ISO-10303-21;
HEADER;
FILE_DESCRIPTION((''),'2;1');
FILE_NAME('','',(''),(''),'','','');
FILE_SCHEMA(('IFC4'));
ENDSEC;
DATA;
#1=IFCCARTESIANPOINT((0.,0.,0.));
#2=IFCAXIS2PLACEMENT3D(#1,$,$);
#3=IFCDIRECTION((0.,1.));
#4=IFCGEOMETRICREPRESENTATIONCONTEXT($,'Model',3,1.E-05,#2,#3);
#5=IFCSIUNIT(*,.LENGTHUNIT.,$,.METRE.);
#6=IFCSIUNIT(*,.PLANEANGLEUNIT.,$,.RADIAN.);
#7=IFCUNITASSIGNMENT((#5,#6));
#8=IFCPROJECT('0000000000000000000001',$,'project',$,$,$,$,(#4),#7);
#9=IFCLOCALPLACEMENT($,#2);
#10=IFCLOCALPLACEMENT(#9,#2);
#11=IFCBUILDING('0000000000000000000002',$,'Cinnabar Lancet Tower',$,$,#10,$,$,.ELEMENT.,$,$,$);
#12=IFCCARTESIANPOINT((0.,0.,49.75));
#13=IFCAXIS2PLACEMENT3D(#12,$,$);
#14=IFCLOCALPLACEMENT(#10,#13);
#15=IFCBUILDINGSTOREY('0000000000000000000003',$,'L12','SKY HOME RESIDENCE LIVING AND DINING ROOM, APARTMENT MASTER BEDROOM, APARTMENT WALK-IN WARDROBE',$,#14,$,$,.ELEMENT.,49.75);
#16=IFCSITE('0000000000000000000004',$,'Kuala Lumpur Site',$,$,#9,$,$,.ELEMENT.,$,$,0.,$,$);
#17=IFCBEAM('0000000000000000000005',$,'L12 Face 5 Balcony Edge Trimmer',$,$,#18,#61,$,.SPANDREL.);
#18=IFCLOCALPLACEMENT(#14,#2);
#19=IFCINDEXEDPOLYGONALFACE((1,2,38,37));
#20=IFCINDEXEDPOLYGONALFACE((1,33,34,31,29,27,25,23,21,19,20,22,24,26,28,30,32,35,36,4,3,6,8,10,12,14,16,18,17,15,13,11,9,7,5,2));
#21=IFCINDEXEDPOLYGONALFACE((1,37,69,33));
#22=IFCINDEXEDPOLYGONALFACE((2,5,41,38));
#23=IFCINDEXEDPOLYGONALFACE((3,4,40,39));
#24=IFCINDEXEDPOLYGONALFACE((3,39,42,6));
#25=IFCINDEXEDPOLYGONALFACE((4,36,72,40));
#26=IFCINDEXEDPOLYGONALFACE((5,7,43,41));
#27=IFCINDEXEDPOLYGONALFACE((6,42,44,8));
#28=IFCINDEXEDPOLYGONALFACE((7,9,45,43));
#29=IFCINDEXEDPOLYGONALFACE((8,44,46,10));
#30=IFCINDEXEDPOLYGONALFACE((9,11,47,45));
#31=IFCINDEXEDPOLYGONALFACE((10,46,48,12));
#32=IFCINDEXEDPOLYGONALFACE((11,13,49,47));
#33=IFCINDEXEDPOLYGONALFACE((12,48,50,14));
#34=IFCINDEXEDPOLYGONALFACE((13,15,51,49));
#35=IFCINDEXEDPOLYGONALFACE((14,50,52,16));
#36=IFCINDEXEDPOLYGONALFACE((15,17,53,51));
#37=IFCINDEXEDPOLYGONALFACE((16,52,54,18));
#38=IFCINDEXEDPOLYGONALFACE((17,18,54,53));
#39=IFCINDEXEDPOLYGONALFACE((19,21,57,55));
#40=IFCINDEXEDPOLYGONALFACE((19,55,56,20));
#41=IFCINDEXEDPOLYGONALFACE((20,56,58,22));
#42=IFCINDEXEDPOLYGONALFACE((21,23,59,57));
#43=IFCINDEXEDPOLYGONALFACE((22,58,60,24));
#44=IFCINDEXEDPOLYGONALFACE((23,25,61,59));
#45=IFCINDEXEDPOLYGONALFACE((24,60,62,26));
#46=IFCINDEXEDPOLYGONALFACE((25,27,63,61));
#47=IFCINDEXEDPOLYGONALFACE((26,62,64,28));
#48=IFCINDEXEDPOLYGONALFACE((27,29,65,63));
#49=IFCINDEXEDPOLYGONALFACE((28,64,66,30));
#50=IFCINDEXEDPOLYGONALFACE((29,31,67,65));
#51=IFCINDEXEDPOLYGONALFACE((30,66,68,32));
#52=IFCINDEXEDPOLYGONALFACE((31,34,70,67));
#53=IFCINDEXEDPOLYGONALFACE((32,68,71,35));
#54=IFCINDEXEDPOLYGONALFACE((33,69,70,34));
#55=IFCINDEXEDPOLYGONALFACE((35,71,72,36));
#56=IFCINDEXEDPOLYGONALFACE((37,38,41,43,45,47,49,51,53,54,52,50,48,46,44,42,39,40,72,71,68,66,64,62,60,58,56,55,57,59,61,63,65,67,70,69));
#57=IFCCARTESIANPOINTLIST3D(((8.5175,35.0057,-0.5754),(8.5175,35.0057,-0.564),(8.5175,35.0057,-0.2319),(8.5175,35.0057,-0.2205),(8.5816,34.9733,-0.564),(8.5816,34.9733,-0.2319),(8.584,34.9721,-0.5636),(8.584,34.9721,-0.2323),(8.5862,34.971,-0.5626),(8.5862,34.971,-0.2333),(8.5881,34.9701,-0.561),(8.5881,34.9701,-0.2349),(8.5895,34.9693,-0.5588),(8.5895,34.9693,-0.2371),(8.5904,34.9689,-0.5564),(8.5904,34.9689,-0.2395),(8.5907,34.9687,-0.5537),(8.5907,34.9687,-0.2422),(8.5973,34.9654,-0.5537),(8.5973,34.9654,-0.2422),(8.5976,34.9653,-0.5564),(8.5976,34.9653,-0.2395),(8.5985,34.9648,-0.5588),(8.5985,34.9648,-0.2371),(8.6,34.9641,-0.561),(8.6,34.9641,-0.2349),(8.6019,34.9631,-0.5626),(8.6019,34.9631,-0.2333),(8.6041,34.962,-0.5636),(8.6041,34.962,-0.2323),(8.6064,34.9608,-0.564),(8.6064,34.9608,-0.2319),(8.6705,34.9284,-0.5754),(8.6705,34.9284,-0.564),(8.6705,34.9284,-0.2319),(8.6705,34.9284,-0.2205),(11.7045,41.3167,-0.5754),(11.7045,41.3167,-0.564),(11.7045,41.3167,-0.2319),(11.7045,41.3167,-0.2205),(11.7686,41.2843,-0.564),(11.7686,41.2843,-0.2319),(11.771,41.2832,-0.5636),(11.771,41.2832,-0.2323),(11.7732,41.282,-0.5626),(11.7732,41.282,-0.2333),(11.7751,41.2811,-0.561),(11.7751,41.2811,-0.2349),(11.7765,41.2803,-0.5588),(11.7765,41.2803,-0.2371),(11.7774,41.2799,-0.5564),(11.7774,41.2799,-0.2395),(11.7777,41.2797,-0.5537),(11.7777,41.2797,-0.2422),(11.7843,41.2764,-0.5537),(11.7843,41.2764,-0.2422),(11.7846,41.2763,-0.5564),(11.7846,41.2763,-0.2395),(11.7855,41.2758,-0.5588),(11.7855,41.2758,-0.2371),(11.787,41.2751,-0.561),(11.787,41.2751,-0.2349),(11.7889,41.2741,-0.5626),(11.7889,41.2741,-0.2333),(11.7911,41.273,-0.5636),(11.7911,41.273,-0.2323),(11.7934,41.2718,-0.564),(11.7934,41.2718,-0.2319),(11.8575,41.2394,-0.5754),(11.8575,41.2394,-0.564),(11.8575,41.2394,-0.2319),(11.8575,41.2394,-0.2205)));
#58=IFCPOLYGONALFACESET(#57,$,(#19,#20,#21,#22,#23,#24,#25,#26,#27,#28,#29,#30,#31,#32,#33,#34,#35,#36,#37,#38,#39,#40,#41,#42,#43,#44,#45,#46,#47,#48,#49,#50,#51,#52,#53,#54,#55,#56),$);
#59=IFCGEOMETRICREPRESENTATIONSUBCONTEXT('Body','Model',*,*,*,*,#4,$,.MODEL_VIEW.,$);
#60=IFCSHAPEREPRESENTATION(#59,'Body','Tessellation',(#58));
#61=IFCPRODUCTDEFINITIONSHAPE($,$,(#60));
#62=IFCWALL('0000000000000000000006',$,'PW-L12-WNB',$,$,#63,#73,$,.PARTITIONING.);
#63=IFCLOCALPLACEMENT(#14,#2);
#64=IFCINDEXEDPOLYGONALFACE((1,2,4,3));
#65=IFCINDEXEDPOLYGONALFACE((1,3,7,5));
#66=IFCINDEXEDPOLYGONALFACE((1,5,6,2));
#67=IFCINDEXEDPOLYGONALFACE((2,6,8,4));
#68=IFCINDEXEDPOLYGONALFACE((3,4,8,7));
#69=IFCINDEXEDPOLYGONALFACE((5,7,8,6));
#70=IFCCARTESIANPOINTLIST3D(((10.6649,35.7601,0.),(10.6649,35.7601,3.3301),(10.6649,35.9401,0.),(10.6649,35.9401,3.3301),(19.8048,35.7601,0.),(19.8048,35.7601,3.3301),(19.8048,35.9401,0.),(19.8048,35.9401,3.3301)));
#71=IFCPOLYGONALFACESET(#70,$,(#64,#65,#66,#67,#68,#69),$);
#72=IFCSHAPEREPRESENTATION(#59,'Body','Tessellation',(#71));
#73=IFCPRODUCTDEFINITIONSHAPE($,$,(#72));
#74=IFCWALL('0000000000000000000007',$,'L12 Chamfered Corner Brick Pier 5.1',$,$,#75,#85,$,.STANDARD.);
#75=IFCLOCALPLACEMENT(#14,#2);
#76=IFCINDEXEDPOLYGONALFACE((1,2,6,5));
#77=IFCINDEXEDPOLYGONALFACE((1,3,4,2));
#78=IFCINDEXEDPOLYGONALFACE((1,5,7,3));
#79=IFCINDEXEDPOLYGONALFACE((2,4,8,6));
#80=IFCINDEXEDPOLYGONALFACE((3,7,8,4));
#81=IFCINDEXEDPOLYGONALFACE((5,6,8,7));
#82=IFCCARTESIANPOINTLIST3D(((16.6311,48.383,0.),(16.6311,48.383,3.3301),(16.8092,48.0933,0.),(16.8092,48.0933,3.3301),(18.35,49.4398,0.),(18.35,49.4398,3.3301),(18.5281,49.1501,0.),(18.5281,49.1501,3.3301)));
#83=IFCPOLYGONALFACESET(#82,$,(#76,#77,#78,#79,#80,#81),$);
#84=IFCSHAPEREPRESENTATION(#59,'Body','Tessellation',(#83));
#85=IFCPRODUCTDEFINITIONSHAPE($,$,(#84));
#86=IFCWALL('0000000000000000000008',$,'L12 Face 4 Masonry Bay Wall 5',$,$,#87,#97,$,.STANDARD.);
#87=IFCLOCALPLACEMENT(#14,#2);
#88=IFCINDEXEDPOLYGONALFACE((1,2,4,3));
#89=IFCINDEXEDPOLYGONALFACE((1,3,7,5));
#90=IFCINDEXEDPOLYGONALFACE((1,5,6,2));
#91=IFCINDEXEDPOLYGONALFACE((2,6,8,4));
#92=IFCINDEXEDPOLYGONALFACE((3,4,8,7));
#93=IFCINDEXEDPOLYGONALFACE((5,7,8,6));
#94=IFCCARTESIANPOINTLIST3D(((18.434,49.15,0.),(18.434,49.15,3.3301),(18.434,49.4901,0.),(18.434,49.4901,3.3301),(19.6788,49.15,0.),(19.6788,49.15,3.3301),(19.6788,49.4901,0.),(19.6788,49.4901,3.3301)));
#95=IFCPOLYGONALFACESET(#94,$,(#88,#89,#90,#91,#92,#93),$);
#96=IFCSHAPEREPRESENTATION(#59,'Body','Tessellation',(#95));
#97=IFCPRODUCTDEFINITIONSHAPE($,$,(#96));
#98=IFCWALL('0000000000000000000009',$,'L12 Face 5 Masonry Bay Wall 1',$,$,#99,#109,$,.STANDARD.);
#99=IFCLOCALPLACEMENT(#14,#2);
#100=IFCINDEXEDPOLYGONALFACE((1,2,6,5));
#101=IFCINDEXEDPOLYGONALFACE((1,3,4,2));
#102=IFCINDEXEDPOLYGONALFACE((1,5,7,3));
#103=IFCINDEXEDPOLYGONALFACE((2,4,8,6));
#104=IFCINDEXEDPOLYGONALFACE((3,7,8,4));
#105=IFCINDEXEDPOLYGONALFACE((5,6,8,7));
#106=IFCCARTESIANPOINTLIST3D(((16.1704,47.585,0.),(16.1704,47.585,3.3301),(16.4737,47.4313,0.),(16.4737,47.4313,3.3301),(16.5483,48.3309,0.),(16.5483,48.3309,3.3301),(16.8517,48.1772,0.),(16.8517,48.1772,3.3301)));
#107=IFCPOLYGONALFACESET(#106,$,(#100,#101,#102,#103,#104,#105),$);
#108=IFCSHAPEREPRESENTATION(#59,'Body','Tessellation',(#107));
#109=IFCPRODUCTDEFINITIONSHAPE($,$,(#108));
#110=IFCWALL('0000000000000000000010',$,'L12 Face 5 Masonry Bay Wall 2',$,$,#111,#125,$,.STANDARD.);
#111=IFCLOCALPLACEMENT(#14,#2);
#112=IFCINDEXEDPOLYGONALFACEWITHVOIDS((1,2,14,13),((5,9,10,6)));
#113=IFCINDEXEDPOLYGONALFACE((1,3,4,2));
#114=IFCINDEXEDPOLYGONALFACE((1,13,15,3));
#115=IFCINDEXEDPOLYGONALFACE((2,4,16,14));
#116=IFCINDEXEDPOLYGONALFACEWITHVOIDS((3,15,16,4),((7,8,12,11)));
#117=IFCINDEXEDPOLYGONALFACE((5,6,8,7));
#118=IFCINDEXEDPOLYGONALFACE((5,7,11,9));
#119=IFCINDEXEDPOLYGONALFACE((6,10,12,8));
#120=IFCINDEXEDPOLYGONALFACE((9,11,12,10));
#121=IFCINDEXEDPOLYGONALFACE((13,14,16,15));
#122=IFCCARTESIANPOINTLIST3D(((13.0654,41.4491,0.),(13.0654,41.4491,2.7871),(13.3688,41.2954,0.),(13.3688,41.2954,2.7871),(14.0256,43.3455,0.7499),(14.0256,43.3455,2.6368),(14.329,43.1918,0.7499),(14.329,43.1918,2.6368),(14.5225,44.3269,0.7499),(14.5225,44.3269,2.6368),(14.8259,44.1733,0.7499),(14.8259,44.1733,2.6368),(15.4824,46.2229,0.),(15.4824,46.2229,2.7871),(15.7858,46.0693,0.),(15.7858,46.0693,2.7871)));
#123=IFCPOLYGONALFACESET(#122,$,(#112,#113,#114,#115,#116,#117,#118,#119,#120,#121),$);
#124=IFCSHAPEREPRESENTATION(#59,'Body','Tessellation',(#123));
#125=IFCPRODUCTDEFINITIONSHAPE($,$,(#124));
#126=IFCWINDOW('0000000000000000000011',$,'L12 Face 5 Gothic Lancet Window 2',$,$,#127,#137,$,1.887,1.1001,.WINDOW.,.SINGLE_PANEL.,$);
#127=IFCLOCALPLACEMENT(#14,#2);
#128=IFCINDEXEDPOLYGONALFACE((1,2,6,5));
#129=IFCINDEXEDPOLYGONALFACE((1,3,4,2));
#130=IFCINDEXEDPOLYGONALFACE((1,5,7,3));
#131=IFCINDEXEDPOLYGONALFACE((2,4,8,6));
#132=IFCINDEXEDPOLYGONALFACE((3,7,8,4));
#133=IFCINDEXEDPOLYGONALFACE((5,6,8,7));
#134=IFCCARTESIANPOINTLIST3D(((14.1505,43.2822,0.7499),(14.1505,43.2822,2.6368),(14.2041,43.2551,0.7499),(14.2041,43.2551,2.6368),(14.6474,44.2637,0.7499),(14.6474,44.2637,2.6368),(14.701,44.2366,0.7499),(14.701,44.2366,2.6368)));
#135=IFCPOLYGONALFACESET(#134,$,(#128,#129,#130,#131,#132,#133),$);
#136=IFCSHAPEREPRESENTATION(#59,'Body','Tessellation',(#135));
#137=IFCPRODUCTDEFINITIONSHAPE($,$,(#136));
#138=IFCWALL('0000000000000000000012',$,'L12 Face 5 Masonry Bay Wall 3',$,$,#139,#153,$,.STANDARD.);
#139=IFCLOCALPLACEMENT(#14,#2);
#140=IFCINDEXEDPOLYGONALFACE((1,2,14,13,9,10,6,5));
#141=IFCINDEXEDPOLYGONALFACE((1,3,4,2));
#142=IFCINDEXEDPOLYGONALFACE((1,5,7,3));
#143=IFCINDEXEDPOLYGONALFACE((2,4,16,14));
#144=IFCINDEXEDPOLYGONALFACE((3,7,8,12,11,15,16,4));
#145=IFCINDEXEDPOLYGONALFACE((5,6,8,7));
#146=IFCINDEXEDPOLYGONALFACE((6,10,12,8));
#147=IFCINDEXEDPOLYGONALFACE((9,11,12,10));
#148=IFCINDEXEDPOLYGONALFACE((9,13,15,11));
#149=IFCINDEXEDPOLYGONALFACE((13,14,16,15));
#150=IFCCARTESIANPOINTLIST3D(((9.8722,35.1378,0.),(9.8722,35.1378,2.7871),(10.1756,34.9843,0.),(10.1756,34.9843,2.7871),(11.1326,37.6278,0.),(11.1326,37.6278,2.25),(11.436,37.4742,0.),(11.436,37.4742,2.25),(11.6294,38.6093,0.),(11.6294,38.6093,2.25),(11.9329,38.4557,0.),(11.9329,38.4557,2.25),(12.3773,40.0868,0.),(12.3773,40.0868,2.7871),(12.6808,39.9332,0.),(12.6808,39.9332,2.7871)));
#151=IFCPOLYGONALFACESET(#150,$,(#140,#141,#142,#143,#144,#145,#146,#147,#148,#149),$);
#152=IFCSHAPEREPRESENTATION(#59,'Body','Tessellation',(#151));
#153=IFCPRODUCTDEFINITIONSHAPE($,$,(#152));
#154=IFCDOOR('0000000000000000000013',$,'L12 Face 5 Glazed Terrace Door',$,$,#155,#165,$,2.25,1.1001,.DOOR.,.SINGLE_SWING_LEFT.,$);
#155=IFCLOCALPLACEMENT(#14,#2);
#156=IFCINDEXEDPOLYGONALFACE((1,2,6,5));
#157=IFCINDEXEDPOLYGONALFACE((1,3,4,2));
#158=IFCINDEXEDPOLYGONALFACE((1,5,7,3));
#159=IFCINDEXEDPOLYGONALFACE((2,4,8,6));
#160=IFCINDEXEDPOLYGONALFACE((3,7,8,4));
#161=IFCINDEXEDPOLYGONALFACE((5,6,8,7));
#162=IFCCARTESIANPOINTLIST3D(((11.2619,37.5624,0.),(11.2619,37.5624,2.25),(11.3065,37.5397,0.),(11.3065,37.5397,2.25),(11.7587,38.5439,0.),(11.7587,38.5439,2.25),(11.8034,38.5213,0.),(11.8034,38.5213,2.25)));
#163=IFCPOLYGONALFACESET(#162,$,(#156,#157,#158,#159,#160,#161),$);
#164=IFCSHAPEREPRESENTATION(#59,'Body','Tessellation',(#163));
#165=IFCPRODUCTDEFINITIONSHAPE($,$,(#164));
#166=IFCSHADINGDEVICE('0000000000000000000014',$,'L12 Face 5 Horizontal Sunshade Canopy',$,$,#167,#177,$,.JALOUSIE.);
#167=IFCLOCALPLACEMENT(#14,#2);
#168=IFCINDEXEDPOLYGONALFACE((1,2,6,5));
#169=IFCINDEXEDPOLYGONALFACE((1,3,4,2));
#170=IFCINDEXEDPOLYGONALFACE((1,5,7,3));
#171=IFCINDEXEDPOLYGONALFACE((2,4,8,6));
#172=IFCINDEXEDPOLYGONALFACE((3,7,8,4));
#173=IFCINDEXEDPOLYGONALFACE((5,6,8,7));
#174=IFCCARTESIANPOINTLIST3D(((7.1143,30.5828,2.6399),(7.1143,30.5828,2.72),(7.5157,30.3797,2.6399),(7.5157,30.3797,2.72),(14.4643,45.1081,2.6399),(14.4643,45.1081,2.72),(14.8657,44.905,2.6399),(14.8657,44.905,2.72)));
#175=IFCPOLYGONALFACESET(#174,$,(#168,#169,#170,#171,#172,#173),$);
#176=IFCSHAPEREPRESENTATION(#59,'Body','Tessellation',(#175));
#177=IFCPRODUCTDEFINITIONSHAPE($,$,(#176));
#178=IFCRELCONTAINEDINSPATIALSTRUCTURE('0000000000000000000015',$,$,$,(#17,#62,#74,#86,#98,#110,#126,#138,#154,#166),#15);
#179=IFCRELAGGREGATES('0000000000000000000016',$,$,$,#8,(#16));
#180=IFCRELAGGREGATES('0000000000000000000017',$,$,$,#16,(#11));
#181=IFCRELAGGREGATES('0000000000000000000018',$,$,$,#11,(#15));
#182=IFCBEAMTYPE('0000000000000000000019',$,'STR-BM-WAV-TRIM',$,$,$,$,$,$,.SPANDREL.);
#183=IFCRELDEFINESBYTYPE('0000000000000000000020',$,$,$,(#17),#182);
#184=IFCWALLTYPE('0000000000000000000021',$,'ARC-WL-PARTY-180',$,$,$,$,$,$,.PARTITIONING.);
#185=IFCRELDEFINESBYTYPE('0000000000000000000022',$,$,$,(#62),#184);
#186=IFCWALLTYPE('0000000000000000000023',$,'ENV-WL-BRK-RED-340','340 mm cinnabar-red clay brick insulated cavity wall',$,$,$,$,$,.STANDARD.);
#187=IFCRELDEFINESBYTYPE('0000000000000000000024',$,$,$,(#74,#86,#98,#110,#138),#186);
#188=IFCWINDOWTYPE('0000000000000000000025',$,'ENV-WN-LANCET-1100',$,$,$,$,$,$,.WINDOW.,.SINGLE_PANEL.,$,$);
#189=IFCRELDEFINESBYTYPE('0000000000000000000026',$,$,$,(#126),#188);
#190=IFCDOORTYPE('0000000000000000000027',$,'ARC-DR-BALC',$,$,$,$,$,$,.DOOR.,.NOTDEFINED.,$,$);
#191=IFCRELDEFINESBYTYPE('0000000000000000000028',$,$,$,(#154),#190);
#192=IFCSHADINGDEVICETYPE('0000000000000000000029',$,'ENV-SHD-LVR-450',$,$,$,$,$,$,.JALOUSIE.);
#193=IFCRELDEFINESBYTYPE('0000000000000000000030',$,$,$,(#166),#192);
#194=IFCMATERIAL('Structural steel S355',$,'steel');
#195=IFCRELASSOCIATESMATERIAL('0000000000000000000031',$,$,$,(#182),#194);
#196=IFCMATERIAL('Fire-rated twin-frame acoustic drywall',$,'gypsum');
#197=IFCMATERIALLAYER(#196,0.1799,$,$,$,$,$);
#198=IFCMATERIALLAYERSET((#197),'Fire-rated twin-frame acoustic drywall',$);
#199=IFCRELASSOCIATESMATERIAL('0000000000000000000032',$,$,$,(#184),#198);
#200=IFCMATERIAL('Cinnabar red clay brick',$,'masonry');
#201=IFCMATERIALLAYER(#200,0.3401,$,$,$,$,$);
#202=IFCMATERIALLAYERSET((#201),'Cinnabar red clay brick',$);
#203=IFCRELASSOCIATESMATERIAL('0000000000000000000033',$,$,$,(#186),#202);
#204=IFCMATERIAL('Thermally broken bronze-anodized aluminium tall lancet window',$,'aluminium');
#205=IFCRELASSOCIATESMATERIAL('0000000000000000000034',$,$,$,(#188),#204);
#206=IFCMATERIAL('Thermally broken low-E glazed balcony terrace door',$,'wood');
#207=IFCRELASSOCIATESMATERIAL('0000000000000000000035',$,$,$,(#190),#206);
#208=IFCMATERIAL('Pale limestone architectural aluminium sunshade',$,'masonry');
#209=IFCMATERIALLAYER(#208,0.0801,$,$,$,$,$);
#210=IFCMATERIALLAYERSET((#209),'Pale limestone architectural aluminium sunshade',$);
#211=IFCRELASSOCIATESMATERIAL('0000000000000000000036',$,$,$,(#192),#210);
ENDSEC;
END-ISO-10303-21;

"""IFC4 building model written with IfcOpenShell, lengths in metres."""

from ifc_helpers import new_model, si_unit, direction, frame, frame_2d, origin, origin_2d, place, context, subcontext, project, spatial, rectangle, i_section, extrude, material, layer, layer_set, material_profile, profile_set, type_object, element, fill, save


model = new_model("IFC4")

# Units and contexts
model_context = context("Model", 3, precision=1e-05, world=origin(), true_north=direction((0.0, 1.0)))
body_context = subcontext(model_context, "Body", "Model", "MODEL_VIEW")
ifc_project = project(units=[si_unit("LENGTHUNIT", "METRE"), si_unit("PLANEANGLEUNIT", "RADIAN")], contexts=[model_context])

# Site, building, storey
site_placement = place(None, origin())
site = spatial("IfcSite", under=ifc_project, at=site_placement, Name="Kuala Lumpur Site", CompositionType="ELEMENT", RefElevation=0.0)
building_placement = place(site_placement, origin())
building = spatial("IfcBuilding", under=site, at=building_placement, Name="Cinnabar Lancet Tower", CompositionType="ELEMENT")
storey_placement = place(building_placement, frame((0.0, 0.0, 49.75)))
storey = spatial("IfcBuildingStorey", under=building, at=storey_placement, Name="L12", Description="SKY HOME RESIDENCE LIVING AND DINING ROOM, APARTMENT MASTER BEDROOM, APARTMENT WALK-IN WARDROBE", CompositionType="ELEMENT", Elevation=49.75)

# Beam
ifc_material_1 = material(Name="Structural steel S355", Category="steel")
ifc_material_profile_1 = material_profile(ifc_material_1, i_section(OverallWidth=0.1714, OverallDepth=0.355, WebThickness=0.0073, FlangeThickness=0.0115, FilletRadius=0.0103, at=origin_2d()), Name="UKB 356x171x51")
ifc_profile_set_1 = profile_set([ifc_material_profile_1], Name="Structural steel S355")
beam_type_1 = type_object("IfcBeamType", Name="STR-BM-WAV-TRIM", PredefinedType="SPANDREL", material=ifc_profile_set_1)
beam_1_placement = place(storey_placement, frame((11.781, 41.2781, -0.3979), z_axis=(-0.450774, -0.892638, 0.0), x_axis=(0.892638, -0.450774, 0.0)))
element("IfcBeam", 1, at=beam_1_placement, inside=storey, type_object=beam_type_1, Name="L12 Face 5 Balcony Edge Trimmer", PredefinedType="SPANDREL", context=body_context, shape_type="SweptSolid", body=[
    extrude(i_section(OverallWidth=0.1714, OverallDepth=0.355, WebThickness=0.0073, FlangeThickness=0.0115, FilletRadius=0.0103, at=origin_2d()), origin(), (0.0, 0.0, 1.0), 7.0701),
])

# Walls
ifc_material_2 = material(Name="Fire-rated twin-frame acoustic drywall", Category="gypsum")
ifc_layer_1 = layer(ifc_material_2, 0.1799)
ifc_layer_set_1 = layer_set([ifc_layer_1], Name="Fire-rated twin-frame acoustic drywall")
wall_type_1 = type_object("IfcWallType", Name="ARC-WL-PARTY-180", PredefinedType="PARTITIONING", material=ifc_layer_set_1)
wall_1_placement = place(storey_placement, frame((10.665, 35.8501, 0.0), z_axis=(0.0, 0.0, 1.0), x_axis=(1.0, 0.0, 0.0)))
element("IfcWall", 2, at=wall_1_placement, inside=storey, type_object=wall_type_1, Name="PW-L12-WNB", PredefinedType="PARTITIONING", context=body_context, shape_type="SweptSolid", body=[
    extrude(rectangle(XDim=9.1399, YDim=0.1799, at=frame_2d((4.5698, 0.0))), origin(), (0.0, 0.0, 1.0), 3.3301),
])
ifc_material_3 = material(Name="Cinnabar red clay brick", Category="masonry")
ifc_layer_2 = layer(ifc_material_3, 0.3401)
ifc_layer_set_2 = layer_set([ifc_layer_2], Name="Cinnabar red clay brick")
wall_type_2 = type_object("IfcWallType", Name="ENV-WL-BRK-RED-340", Description="340 mm cinnabar-red clay brick insulated cavity wall", PredefinedType="STANDARD", material=ifc_layer_set_2)
wall_2_placement = place(storey_placement, frame((18.439, 49.2949, 0.0), z_axis=(0.0, 0.0, 1.0), x_axis=(-0.85187, -0.523753, 0.0)))
element("IfcWall", 3, at=wall_2_placement, inside=storey, type_object=wall_type_2, Name="L12 Chamfered Corner Brick Pier 5.1", PredefinedType="STANDARD", context=body_context, shape_type="SweptSolid", body=[
    extrude(rectangle(XDim=2.0178, YDim=0.3401, at=frame_2d((1.0088, 0.0))), origin(), (0.0, 0.0, 1.0), 3.3301),
])
wall_3_placement = place(storey_placement, frame((19.679, 49.3201, 0.0), z_axis=(0.0, 0.0, 1.0), x_axis=(-1.0, 0.0, 0.0)))
element("IfcWall", 4, at=wall_3_placement, inside=storey, type_object=wall_type_2, Name="L12 Face 4 Masonry Bay Wall 5", PredefinedType="STANDARD", context=body_context, shape_type="SweptSolid", body=[
    extrude(rectangle(XDim=1.2449, YDim=0.3401, at=frame_2d((0.6226, 0.0))), origin(), (0.0, 0.0, 1.0), 3.3301),
])
wall_4_placement = place(storey_placement, frame((16.7, 48.2539, 0.0), z_axis=(0.0, 0.0, 1.0), x_axis=(-0.451996, -0.89202, 0.0)))
element("IfcWall", 5, at=wall_4_placement, inside=storey, type_object=wall_type_2, Name="L12 Face 5 Masonry Bay Wall 1", PredefinedType="STANDARD", context=body_context, shape_type="SweptSolid", body=[
    extrude(rectangle(XDim=0.8362, YDim=0.3401, at=frame_2d((0.418, 0.0))), origin(), (0.0, 0.0, 1.0), 3.3301),
])

# Wall, opening, window
wall_5_placement = place(storey_placement, frame((15.634, 46.146, 0.0), z_axis=(0.0, 0.0, 1.0), x_axis=(-0.451698, -0.892171, 0.0)))
wall_5 = element("IfcWall", 6, at=wall_5_placement, inside=storey, type_object=wall_type_2, Name="L12 Face 5 Masonry Bay Wall 2", PredefinedType="STANDARD", context=body_context, shape_type="SweptSolid", body=[
    extrude(rectangle(XDim=5.3508, YDim=0.3401, at=frame_2d((2.6753, 0.0))), origin(), (0.0, 0.0, 1.0), 2.7871),
])
opening_1_placement = place(wall_5_placement, frame((2.125, 0.0, 0.75)))
opening_1 = element("IfcOpeningElement", 7, at=opening_1_placement, cuts=wall_5, PredefinedType="OPENING", context=body_context, shape_type="SweptSolid", body=[
    extrude(rectangle(XDim=1.1001, YDim=1.887, at=frame_2d((0.55, 0.9434))), frame((0.0, 0.1799, 0.0), z_axis=(0.0, -1.0, 0.0), x_axis=(1.0, 0.0, 0.0)), (0.0, 0.0, 1.0), 0.3601),
])
ifc_material_4 = material(Name="Thermally broken bronze-anodized aluminium tall lancet window", Category="aluminium")
window_type = type_object("IfcWindowType", Name="ENV-WN-LANCET-1100", PartitioningType="SINGLE_PANEL", PredefinedType="WINDOW", material=ifc_material_4)
window_placement = place(opening_1_placement, origin())
window = element("IfcWindow", 8, at=window_placement, inside=storey, type_object=window_type, Name="L12 Face 5 Gothic Lancet Window 2", OverallHeight=1.887, OverallWidth=1.1001, PartitioningType="SINGLE_PANEL", PredefinedType="WINDOW", context=body_context, shape_type="SweptSolid", body=[
    extrude(rectangle(XDim=1.1001, YDim=1.887, at=frame_2d((0.55, 0.9434))), frame((0.0, 0.03, 0.0), z_axis=(0.0, -1.0, 0.0), x_axis=(1.0, 0.0, 0.0)), (0.0, 0.0, 1.0), 0.0601),
])
fill(opening_1, window)

# Wall, opening, door
wall_6_placement = place(storey_placement, frame((12.5291, 40.01, 0.0), z_axis=(0.0, 0.0, 1.0), x_axis=(-0.451627, -0.892207, 0.0)))
wall_6 = element("IfcWall", 9, at=wall_6_placement, inside=storey, type_object=wall_type_2, Name="L12 Face 5 Masonry Bay Wall 3", PredefinedType="STANDARD", context=body_context, shape_type="SweptSolid", body=[
    extrude(rectangle(XDim=5.5469, YDim=0.3401, at=frame_2d((2.7734, 0.0))), origin(), (0.0, 0.0, 1.0), 2.7871),
])
opening_2_placement = place(wall_6_placement, frame((1.656, 0.0, 0.0)))
opening_2 = element("IfcOpeningElement", 10, at=opening_2_placement, cuts=wall_6, PredefinedType="OPENING", context=body_context, shape_type="SweptSolid", body=[
    extrude(rectangle(XDim=1.1001, YDim=2.25, at=frame_2d((0.55, 1.125))), frame((0.0, 0.1799, 0.0), z_axis=(0.0, -1.0, 0.0), x_axis=(1.0, 0.0, 0.0)), (0.0, 0.0, 1.0), 0.3601),
])
ifc_material_5 = material(Name="Thermally broken low-E glazed balcony terrace door", Category="wood")
door_type = type_object("IfcDoorType", Name="ARC-DR-BALC", OperationType="NOTDEFINED", PredefinedType="DOOR", material=ifc_material_5)
door_placement = place(opening_2_placement, origin())
door = element("IfcDoor", 11, at=door_placement, inside=storey, type_object=door_type, Name="L12 Face 5 Glazed Terrace Door", OperationType="SINGLE_SWING_LEFT", OverallHeight=2.25, OverallWidth=1.1001, PredefinedType="DOOR", context=body_context, shape_type="SweptSolid", body=[
    extrude(rectangle(XDim=1.1001, YDim=2.25, at=frame_2d((0.55, 1.125))), frame((0.0, 0.0249, 0.0), z_axis=(0.0, -1.0, 0.0), x_axis=(1.0, 0.0, 0.0)), (0.0, 0.0, 1.0), 0.05),
])
fill(opening_2, door)

# Shading device
ifc_material_6 = material(Name="Pale limestone architectural aluminium sunshade", Category="masonry")
ifc_layer_3 = layer(ifc_material_6, 0.0801)
ifc_layer_set_3 = layer_set([ifc_layer_3], Name="Pale limestone architectural aluminium sunshade")
shading_device_type = type_object("IfcShadingDeviceType", Name="ENV-SHD-LVR-450", PredefinedType="JALOUSIE", material=ifc_layer_set_3)
shading_device_placement = place(storey_placement, frame((10.99, 37.7439, 2.6399), z_axis=(0.0, 0.0, 1.0), x_axis=(-0.451501, -0.892271, 0.0)))
element("IfcShadingDevice", 12, at=shading_device_placement, inside=storey, type_object=shading_device_type, Name="L12 Face 5 Horizontal Sunshade Canopy", PredefinedType="JALOUSIE", context=body_context, shape_type="SweptSolid", body=[
    extrude(rectangle(XDim=16.2791, YDim=0.45, at=origin_2d()), origin(), (0.0, 0.0, 1.0), 0.0801),
])

save(model, "model.ifc")
